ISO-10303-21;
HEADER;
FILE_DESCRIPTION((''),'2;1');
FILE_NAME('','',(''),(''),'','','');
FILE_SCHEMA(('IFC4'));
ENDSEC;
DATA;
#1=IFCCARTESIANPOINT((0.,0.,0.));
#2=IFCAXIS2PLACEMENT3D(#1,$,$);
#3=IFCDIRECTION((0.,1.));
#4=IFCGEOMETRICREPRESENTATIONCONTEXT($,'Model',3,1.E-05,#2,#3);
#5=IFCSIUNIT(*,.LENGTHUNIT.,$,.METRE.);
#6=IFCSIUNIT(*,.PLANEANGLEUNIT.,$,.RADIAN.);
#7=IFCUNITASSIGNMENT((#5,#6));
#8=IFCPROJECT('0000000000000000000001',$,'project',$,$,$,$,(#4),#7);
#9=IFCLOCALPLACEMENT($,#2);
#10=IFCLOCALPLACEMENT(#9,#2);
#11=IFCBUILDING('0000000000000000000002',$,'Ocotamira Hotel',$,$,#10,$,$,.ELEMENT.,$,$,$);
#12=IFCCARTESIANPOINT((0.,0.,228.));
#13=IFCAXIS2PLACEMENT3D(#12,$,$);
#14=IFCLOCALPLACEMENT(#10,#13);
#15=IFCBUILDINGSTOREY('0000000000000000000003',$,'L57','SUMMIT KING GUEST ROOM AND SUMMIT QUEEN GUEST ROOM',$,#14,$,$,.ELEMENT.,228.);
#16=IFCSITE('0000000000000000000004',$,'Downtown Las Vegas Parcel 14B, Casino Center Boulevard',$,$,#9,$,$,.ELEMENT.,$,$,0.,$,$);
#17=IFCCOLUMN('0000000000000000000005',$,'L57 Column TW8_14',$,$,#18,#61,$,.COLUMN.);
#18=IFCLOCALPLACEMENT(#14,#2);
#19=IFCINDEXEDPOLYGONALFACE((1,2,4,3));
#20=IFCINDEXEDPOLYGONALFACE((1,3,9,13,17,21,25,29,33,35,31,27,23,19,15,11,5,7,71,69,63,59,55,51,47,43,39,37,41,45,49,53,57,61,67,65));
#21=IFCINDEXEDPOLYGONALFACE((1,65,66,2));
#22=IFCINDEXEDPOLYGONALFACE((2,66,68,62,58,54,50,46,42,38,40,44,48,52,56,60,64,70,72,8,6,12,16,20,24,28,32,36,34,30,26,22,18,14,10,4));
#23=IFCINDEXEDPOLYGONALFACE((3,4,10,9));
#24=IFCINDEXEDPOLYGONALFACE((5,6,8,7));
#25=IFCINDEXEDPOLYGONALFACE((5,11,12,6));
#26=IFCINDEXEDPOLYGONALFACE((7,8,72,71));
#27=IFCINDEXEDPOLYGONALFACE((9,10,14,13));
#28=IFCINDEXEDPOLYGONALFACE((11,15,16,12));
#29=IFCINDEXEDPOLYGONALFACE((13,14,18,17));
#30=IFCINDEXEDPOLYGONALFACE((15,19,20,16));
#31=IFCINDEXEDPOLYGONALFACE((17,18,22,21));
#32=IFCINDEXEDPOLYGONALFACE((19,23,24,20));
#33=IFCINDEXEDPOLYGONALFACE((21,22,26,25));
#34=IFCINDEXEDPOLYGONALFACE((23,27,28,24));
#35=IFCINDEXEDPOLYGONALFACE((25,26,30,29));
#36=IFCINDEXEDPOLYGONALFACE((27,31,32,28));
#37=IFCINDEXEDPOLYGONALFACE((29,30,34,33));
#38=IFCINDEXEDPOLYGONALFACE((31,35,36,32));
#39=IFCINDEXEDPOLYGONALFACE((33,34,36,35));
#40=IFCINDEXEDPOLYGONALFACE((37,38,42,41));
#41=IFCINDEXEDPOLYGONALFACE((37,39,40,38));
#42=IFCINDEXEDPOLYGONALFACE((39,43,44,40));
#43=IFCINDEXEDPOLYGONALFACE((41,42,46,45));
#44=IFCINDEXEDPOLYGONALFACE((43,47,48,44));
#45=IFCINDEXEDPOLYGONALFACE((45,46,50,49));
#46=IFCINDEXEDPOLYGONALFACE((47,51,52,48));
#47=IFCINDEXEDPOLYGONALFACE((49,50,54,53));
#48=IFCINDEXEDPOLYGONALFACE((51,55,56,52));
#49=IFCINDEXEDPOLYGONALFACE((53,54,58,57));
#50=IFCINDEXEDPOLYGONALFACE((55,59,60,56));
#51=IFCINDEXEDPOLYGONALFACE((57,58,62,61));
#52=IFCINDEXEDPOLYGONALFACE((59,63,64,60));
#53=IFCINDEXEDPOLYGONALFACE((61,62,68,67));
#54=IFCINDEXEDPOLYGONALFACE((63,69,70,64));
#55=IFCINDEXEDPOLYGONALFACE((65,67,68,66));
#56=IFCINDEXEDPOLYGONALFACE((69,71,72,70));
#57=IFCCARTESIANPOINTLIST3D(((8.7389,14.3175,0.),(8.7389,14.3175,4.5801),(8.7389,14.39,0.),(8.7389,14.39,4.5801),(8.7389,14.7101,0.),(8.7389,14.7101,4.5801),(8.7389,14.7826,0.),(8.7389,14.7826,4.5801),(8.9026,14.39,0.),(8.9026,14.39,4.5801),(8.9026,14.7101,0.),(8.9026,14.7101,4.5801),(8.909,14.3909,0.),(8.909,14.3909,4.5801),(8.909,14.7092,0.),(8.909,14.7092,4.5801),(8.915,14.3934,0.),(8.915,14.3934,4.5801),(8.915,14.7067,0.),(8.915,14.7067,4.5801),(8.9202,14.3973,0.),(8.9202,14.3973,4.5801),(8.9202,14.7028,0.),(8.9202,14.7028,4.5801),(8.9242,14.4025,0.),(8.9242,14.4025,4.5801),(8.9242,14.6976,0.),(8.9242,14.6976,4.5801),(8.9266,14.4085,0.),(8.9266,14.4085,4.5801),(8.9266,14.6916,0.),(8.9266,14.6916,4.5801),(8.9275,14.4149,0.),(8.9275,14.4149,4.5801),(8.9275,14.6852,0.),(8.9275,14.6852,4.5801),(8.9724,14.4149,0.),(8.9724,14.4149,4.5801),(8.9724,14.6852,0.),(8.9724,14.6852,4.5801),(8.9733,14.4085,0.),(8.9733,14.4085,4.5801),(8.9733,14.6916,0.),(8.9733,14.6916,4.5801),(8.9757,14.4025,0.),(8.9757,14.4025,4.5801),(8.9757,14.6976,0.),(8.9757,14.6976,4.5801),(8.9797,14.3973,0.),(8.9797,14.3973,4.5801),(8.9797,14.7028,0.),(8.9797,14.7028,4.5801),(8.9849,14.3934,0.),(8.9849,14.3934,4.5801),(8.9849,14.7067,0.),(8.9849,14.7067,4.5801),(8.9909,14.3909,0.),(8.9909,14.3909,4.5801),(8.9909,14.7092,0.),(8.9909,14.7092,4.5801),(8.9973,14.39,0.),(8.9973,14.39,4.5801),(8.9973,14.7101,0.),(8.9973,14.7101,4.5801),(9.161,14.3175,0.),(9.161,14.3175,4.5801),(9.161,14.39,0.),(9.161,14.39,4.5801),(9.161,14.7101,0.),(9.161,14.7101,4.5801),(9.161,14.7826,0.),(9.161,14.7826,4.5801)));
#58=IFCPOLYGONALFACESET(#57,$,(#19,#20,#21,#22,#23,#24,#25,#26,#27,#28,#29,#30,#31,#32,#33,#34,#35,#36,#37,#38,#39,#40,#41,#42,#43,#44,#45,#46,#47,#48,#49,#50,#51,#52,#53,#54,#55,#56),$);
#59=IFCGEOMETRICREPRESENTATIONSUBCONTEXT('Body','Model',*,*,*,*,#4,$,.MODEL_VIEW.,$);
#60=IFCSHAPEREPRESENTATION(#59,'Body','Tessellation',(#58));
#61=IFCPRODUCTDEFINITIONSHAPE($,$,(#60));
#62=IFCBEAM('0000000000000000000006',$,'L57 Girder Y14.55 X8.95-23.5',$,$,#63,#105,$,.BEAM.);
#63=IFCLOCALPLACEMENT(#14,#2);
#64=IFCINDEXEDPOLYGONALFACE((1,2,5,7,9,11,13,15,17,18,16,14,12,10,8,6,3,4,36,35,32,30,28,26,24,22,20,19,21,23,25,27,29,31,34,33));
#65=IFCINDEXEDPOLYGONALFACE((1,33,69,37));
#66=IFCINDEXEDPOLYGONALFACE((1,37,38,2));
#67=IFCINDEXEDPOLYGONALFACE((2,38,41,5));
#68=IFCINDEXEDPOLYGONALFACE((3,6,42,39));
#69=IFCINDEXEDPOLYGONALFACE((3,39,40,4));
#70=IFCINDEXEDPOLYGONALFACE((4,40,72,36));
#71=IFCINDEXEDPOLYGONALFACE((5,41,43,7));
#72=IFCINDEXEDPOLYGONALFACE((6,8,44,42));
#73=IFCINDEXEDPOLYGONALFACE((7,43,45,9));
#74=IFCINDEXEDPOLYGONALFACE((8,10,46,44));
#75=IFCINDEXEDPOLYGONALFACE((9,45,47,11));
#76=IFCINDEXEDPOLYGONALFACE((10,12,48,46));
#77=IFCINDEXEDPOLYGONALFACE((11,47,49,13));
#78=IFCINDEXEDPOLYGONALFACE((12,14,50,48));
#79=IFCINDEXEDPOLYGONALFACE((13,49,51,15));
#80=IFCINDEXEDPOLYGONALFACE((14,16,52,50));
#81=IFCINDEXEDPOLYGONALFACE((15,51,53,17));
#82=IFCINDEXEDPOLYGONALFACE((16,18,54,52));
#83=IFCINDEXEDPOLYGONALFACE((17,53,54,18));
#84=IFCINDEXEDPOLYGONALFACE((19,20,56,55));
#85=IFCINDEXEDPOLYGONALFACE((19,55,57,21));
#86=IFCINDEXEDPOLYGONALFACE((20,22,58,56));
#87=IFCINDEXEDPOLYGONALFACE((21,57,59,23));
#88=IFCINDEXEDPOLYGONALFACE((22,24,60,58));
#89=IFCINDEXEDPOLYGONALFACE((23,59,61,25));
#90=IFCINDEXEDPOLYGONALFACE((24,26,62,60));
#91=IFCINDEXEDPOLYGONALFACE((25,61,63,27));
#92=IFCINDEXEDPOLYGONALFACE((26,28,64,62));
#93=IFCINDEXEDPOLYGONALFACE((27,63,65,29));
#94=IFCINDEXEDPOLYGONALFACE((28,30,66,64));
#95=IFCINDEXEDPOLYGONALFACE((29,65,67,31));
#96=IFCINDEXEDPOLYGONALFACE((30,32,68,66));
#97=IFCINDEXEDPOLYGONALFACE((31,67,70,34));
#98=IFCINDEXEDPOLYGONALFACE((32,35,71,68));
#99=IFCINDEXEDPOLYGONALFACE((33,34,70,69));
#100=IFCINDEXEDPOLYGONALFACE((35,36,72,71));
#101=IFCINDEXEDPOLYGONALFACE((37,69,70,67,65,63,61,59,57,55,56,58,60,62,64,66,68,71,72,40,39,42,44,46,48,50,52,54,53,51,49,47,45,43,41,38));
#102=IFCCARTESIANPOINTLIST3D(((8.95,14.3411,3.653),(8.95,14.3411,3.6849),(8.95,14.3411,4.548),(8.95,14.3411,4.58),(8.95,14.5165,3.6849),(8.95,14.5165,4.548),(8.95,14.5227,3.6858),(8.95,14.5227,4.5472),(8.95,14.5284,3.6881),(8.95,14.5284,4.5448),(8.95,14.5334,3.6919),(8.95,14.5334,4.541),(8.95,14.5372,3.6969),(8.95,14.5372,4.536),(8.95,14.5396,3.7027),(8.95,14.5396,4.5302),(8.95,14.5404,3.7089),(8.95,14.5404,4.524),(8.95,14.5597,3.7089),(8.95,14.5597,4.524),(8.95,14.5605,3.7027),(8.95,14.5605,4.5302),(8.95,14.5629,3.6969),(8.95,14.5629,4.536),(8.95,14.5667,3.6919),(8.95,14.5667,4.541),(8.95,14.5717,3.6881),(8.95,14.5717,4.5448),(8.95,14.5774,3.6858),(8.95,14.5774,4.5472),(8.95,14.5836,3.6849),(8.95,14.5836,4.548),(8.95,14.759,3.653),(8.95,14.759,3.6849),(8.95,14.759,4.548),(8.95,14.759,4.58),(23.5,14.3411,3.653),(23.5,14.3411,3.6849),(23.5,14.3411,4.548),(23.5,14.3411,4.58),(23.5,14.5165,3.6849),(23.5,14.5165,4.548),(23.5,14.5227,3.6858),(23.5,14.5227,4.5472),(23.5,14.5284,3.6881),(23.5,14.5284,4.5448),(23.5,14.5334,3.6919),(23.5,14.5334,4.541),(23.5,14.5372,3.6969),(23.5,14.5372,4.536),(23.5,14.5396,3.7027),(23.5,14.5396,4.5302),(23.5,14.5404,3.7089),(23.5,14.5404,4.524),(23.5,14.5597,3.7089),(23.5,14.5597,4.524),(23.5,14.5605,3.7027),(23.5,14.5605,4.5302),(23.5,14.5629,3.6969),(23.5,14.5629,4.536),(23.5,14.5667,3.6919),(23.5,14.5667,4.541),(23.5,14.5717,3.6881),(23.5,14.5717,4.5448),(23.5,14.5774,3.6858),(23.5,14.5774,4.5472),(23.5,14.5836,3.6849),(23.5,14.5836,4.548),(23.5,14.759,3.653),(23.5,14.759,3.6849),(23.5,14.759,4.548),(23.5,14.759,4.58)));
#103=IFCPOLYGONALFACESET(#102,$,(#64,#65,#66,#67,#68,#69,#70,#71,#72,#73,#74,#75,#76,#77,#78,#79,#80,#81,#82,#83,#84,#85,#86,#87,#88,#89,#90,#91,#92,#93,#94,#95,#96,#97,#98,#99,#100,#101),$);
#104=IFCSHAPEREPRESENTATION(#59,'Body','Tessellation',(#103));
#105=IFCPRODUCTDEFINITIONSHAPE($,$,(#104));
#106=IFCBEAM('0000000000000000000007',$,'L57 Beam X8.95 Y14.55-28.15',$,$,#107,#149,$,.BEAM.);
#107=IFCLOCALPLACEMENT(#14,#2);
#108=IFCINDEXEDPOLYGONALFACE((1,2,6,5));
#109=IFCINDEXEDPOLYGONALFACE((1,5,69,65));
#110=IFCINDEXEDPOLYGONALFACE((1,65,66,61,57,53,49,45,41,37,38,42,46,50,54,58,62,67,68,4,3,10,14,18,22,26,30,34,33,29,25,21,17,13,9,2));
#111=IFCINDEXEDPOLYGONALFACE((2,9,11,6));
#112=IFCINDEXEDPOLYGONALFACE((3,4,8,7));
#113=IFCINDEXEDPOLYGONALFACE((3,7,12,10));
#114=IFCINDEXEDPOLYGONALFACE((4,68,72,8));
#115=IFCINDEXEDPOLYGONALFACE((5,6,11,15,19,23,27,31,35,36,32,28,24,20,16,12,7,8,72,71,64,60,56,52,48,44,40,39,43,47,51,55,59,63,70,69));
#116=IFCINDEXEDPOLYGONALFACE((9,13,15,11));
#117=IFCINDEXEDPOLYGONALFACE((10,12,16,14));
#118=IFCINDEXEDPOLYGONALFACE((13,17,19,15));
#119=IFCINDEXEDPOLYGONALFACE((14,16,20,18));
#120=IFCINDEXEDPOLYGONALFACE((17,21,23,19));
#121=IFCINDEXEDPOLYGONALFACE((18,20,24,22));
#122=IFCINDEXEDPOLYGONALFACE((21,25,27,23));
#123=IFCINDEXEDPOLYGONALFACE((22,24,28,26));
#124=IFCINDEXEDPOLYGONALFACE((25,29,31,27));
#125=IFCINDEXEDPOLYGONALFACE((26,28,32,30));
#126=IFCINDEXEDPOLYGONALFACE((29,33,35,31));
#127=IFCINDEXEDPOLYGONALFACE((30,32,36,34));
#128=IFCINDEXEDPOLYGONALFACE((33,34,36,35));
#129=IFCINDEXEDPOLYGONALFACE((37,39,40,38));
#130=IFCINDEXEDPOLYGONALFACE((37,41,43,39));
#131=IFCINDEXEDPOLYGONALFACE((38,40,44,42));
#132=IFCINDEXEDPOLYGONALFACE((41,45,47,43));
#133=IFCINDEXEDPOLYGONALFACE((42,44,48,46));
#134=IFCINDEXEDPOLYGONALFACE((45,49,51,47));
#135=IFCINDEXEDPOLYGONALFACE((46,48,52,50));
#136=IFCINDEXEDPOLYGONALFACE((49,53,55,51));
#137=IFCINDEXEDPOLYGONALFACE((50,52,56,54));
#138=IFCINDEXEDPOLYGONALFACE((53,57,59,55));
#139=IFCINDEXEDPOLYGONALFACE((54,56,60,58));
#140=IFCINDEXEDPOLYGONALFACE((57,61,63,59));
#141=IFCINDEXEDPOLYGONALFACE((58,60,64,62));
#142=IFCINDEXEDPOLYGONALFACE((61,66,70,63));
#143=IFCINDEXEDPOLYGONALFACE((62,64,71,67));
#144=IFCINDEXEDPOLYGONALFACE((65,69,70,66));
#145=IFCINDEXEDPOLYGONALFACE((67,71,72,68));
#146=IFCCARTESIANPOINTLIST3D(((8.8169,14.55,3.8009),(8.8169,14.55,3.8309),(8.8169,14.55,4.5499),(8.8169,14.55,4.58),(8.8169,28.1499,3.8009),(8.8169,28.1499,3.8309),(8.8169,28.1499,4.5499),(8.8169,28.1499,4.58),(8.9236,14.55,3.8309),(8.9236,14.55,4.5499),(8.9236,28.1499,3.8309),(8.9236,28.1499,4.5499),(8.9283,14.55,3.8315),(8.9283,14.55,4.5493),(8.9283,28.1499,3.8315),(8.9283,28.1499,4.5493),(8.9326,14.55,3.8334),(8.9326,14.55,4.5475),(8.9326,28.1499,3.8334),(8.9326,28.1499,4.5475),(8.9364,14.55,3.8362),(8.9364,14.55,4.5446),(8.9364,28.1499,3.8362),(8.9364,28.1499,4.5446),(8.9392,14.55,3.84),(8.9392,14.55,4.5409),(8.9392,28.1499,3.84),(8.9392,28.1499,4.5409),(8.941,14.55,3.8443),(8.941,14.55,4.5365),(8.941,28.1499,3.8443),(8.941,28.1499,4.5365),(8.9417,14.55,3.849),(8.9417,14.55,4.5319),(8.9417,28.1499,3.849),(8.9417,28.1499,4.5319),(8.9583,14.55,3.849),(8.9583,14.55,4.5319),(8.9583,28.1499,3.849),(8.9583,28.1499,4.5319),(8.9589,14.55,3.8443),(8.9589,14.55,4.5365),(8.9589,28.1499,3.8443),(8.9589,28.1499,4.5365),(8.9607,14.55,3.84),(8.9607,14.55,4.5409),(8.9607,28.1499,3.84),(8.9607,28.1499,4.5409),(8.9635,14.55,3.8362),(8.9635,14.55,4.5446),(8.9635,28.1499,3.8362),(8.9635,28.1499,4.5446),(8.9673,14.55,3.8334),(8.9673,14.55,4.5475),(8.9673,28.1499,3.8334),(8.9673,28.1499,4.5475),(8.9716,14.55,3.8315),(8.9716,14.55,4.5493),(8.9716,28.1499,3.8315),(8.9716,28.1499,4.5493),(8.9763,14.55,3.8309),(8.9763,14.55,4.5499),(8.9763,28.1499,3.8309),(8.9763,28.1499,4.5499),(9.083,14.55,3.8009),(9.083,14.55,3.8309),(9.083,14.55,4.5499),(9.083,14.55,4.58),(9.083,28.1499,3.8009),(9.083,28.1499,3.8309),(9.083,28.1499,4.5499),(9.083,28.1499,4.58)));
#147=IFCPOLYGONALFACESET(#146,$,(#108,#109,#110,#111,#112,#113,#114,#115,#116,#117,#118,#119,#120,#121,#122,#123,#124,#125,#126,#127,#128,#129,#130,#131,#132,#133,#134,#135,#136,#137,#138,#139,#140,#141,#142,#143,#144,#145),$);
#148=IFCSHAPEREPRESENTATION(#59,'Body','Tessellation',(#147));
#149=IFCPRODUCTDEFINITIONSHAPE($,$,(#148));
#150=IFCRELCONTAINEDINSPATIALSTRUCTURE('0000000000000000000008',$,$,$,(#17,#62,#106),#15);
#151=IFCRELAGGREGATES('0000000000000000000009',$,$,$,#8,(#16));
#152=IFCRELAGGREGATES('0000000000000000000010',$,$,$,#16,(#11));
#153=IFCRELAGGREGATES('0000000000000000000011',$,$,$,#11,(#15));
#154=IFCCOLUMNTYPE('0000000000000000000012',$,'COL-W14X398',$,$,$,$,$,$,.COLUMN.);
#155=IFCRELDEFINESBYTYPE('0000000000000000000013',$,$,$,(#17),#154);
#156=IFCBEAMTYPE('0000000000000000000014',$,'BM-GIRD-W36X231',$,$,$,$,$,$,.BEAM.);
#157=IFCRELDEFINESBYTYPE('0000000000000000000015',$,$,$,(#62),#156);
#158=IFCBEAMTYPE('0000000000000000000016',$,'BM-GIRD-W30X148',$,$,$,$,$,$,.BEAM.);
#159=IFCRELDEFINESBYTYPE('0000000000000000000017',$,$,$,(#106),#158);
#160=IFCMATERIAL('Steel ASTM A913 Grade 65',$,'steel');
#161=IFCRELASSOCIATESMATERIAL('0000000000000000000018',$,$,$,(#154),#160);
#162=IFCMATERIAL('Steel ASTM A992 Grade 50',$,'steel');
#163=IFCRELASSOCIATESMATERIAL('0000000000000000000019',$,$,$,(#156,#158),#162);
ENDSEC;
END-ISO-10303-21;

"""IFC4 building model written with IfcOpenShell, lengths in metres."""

from ifc_helpers import new_model, si_unit, direction, frame, origin, origin_2d, place, context, subcontext, project, spatial, i_section, extrude, source, transform, mapped, material, material_profile, profile_set, type_object, element, save


model = new_model("IFC4")

# Units and contexts
model_context = context("Model", 3, precision=1e-05, world=origin(), true_north=direction((0.0, 1.0)))
body_context = subcontext(model_context, "Body", "Model", "MODEL_VIEW")
ifc_project = project(units=[si_unit("LENGTHUNIT", "METRE"), si_unit("PLANEANGLEUNIT", "RADIAN")], contexts=[model_context])

# Site, building, storey
site_placement = place(None, origin())
site = spatial("IfcSite", under=ifc_project, at=site_placement, Name="Downtown Las Vegas Parcel 14B, Casino Center Boulevard", CompositionType="ELEMENT", RefElevation=0.0)
building_placement = place(site_placement, origin())
building = spatial("IfcBuilding", under=site, at=building_placement, Name="Ocotamira Hotel", CompositionType="ELEMENT")
storey_placement = place(building_placement, frame((0.0, 0.0, 228.0)))
storey = spatial("IfcBuildingStorey", under=building, at=storey_placement, Name="L57", Description="SUMMIT KING GUEST ROOM AND SUMMIT QUEEN GUEST ROOM", CompositionType="ELEMENT", Elevation=228.0)

# Column
ifc_material_1 = material(Name="Steel ASTM A913 Grade 65", Category="steel")
ifc_material_profile_1 = material_profile(ifc_material_1, i_section(OverallWidth=0.4221, OverallDepth=0.4651, WebThickness=0.0449, FlangeThickness=0.0725, FilletRadius=0.0249, at=origin_2d()), Name="W14X398")
ifc_profile_set_1 = profile_set([ifc_material_profile_1], Name="Steel ASTM A913 Grade 65")
column_type = type_object("IfcColumnType", Name="COL-W14X398", PredefinedType="COLUMN", material=ifc_profile_set_1)
shared_shape_1 = source(origin(), body_context, "Body", "SweptSolid", [
    extrude(i_section(OverallWidth=0.4221, OverallDepth=0.4651, WebThickness=0.0449, FlangeThickness=0.0725, FilletRadius=0.0249, at=origin_2d()), origin(), (0.0, 0.0, 1.0), 4.5801),
])
column_placement = place(storey_placement, frame((8.95, 14.55, 0.0), z_axis=(0.0, 0.0, 1.0), x_axis=(1.0, 0.0, 0.0)))
element("IfcColumn", 1, at=column_placement, inside=storey, type_object=column_type, Name="L57 Column TW8_14", PredefinedType="COLUMN", context=body_context, shape_type="MappedRepresentation", body=[
    mapped(shared_shape_1, transform((0.0, 0.0, 0.0), scale=1.0)),
])

# Beams
ifc_material_2 = material(Name="Steel ASTM A992 Grade 50", Category="steel")
ifc_material_profile_2 = material_profile(ifc_material_2, i_section(OverallWidth=0.418, OverallDepth=0.927, WebThickness=0.0193, FlangeThickness=0.032, FilletRadius=0.0239, at=origin_2d()), Name="W36X231")
ifc_profile_set_2 = profile_set([ifc_material_profile_2], Name="Steel ASTM A992 Grade 50")
beam_type_1 = type_object("IfcBeamType", Name="BM-GIRD-W36X231", PredefinedType="BEAM", material=ifc_profile_set_2)
shared_shape_2 = source(origin(), body_context, "Body", "SweptSolid", [
    extrude(i_section(OverallWidth=0.418, OverallDepth=0.927, WebThickness=0.0193, FlangeThickness=0.032, FilletRadius=0.0239, at=origin_2d()), origin(), (0.0, 0.0, 1.0), 14.55),
])
beam_1_placement = place(storey_placement, frame((8.95, 14.55, 4.1165), z_axis=(1.0, 0.0, 0.0), x_axis=(0.0, 1.0, 0.0)))
element("IfcBeam", 2, at=beam_1_placement, inside=storey, type_object=beam_type_1, Name="L57 Girder Y14.55 X8.95-23.5", PredefinedType="BEAM", context=body_context, shape_type="MappedRepresentation", body=[
    mapped(shared_shape_2, transform((0.0, 0.0, 0.0), scale=1.0)),
])
ifc_material_profile_3 = material_profile(ifc_material_2, i_section(OverallWidth=0.2661, OverallDepth=0.7791, WebThickness=0.0166, FlangeThickness=0.03, FilletRadius=0.0181, at=origin_2d()), Name="W30X148")
ifc_profile_set_3 = profile_set([ifc_material_profile_3], Name="Steel ASTM A992 Grade 50")
beam_type_2 = type_object("IfcBeamType", Name="BM-GIRD-W30X148", PredefinedType="BEAM", material=ifc_profile_set_3)
shared_shape_3 = source(origin(), body_context, "Body", "SweptSolid", [
    extrude(i_section(OverallWidth=0.2661, OverallDepth=0.7791, WebThickness=0.0166, FlangeThickness=0.03, FilletRadius=0.0181, at=origin_2d()), origin(), (0.0, 0.0, 1.0), 13.5999),
])
beam_2_placement = place(storey_placement, frame((8.95, 14.55, 4.1904), z_axis=(0.0, 1.0, 0.0), x_axis=(-1.0, 0.0, 0.0)))
element("IfcBeam", 3, at=beam_2_placement, inside=storey, type_object=beam_type_2, Name="L57 Beam X8.95 Y14.55-28.15", PredefinedType="BEAM", context=body_context, shape_type="MappedRepresentation", body=[
    mapped(shared_shape_3, transform((0.0, 0.0, 0.0), scale=1.0)),
])

save(model, "model.ifc")
